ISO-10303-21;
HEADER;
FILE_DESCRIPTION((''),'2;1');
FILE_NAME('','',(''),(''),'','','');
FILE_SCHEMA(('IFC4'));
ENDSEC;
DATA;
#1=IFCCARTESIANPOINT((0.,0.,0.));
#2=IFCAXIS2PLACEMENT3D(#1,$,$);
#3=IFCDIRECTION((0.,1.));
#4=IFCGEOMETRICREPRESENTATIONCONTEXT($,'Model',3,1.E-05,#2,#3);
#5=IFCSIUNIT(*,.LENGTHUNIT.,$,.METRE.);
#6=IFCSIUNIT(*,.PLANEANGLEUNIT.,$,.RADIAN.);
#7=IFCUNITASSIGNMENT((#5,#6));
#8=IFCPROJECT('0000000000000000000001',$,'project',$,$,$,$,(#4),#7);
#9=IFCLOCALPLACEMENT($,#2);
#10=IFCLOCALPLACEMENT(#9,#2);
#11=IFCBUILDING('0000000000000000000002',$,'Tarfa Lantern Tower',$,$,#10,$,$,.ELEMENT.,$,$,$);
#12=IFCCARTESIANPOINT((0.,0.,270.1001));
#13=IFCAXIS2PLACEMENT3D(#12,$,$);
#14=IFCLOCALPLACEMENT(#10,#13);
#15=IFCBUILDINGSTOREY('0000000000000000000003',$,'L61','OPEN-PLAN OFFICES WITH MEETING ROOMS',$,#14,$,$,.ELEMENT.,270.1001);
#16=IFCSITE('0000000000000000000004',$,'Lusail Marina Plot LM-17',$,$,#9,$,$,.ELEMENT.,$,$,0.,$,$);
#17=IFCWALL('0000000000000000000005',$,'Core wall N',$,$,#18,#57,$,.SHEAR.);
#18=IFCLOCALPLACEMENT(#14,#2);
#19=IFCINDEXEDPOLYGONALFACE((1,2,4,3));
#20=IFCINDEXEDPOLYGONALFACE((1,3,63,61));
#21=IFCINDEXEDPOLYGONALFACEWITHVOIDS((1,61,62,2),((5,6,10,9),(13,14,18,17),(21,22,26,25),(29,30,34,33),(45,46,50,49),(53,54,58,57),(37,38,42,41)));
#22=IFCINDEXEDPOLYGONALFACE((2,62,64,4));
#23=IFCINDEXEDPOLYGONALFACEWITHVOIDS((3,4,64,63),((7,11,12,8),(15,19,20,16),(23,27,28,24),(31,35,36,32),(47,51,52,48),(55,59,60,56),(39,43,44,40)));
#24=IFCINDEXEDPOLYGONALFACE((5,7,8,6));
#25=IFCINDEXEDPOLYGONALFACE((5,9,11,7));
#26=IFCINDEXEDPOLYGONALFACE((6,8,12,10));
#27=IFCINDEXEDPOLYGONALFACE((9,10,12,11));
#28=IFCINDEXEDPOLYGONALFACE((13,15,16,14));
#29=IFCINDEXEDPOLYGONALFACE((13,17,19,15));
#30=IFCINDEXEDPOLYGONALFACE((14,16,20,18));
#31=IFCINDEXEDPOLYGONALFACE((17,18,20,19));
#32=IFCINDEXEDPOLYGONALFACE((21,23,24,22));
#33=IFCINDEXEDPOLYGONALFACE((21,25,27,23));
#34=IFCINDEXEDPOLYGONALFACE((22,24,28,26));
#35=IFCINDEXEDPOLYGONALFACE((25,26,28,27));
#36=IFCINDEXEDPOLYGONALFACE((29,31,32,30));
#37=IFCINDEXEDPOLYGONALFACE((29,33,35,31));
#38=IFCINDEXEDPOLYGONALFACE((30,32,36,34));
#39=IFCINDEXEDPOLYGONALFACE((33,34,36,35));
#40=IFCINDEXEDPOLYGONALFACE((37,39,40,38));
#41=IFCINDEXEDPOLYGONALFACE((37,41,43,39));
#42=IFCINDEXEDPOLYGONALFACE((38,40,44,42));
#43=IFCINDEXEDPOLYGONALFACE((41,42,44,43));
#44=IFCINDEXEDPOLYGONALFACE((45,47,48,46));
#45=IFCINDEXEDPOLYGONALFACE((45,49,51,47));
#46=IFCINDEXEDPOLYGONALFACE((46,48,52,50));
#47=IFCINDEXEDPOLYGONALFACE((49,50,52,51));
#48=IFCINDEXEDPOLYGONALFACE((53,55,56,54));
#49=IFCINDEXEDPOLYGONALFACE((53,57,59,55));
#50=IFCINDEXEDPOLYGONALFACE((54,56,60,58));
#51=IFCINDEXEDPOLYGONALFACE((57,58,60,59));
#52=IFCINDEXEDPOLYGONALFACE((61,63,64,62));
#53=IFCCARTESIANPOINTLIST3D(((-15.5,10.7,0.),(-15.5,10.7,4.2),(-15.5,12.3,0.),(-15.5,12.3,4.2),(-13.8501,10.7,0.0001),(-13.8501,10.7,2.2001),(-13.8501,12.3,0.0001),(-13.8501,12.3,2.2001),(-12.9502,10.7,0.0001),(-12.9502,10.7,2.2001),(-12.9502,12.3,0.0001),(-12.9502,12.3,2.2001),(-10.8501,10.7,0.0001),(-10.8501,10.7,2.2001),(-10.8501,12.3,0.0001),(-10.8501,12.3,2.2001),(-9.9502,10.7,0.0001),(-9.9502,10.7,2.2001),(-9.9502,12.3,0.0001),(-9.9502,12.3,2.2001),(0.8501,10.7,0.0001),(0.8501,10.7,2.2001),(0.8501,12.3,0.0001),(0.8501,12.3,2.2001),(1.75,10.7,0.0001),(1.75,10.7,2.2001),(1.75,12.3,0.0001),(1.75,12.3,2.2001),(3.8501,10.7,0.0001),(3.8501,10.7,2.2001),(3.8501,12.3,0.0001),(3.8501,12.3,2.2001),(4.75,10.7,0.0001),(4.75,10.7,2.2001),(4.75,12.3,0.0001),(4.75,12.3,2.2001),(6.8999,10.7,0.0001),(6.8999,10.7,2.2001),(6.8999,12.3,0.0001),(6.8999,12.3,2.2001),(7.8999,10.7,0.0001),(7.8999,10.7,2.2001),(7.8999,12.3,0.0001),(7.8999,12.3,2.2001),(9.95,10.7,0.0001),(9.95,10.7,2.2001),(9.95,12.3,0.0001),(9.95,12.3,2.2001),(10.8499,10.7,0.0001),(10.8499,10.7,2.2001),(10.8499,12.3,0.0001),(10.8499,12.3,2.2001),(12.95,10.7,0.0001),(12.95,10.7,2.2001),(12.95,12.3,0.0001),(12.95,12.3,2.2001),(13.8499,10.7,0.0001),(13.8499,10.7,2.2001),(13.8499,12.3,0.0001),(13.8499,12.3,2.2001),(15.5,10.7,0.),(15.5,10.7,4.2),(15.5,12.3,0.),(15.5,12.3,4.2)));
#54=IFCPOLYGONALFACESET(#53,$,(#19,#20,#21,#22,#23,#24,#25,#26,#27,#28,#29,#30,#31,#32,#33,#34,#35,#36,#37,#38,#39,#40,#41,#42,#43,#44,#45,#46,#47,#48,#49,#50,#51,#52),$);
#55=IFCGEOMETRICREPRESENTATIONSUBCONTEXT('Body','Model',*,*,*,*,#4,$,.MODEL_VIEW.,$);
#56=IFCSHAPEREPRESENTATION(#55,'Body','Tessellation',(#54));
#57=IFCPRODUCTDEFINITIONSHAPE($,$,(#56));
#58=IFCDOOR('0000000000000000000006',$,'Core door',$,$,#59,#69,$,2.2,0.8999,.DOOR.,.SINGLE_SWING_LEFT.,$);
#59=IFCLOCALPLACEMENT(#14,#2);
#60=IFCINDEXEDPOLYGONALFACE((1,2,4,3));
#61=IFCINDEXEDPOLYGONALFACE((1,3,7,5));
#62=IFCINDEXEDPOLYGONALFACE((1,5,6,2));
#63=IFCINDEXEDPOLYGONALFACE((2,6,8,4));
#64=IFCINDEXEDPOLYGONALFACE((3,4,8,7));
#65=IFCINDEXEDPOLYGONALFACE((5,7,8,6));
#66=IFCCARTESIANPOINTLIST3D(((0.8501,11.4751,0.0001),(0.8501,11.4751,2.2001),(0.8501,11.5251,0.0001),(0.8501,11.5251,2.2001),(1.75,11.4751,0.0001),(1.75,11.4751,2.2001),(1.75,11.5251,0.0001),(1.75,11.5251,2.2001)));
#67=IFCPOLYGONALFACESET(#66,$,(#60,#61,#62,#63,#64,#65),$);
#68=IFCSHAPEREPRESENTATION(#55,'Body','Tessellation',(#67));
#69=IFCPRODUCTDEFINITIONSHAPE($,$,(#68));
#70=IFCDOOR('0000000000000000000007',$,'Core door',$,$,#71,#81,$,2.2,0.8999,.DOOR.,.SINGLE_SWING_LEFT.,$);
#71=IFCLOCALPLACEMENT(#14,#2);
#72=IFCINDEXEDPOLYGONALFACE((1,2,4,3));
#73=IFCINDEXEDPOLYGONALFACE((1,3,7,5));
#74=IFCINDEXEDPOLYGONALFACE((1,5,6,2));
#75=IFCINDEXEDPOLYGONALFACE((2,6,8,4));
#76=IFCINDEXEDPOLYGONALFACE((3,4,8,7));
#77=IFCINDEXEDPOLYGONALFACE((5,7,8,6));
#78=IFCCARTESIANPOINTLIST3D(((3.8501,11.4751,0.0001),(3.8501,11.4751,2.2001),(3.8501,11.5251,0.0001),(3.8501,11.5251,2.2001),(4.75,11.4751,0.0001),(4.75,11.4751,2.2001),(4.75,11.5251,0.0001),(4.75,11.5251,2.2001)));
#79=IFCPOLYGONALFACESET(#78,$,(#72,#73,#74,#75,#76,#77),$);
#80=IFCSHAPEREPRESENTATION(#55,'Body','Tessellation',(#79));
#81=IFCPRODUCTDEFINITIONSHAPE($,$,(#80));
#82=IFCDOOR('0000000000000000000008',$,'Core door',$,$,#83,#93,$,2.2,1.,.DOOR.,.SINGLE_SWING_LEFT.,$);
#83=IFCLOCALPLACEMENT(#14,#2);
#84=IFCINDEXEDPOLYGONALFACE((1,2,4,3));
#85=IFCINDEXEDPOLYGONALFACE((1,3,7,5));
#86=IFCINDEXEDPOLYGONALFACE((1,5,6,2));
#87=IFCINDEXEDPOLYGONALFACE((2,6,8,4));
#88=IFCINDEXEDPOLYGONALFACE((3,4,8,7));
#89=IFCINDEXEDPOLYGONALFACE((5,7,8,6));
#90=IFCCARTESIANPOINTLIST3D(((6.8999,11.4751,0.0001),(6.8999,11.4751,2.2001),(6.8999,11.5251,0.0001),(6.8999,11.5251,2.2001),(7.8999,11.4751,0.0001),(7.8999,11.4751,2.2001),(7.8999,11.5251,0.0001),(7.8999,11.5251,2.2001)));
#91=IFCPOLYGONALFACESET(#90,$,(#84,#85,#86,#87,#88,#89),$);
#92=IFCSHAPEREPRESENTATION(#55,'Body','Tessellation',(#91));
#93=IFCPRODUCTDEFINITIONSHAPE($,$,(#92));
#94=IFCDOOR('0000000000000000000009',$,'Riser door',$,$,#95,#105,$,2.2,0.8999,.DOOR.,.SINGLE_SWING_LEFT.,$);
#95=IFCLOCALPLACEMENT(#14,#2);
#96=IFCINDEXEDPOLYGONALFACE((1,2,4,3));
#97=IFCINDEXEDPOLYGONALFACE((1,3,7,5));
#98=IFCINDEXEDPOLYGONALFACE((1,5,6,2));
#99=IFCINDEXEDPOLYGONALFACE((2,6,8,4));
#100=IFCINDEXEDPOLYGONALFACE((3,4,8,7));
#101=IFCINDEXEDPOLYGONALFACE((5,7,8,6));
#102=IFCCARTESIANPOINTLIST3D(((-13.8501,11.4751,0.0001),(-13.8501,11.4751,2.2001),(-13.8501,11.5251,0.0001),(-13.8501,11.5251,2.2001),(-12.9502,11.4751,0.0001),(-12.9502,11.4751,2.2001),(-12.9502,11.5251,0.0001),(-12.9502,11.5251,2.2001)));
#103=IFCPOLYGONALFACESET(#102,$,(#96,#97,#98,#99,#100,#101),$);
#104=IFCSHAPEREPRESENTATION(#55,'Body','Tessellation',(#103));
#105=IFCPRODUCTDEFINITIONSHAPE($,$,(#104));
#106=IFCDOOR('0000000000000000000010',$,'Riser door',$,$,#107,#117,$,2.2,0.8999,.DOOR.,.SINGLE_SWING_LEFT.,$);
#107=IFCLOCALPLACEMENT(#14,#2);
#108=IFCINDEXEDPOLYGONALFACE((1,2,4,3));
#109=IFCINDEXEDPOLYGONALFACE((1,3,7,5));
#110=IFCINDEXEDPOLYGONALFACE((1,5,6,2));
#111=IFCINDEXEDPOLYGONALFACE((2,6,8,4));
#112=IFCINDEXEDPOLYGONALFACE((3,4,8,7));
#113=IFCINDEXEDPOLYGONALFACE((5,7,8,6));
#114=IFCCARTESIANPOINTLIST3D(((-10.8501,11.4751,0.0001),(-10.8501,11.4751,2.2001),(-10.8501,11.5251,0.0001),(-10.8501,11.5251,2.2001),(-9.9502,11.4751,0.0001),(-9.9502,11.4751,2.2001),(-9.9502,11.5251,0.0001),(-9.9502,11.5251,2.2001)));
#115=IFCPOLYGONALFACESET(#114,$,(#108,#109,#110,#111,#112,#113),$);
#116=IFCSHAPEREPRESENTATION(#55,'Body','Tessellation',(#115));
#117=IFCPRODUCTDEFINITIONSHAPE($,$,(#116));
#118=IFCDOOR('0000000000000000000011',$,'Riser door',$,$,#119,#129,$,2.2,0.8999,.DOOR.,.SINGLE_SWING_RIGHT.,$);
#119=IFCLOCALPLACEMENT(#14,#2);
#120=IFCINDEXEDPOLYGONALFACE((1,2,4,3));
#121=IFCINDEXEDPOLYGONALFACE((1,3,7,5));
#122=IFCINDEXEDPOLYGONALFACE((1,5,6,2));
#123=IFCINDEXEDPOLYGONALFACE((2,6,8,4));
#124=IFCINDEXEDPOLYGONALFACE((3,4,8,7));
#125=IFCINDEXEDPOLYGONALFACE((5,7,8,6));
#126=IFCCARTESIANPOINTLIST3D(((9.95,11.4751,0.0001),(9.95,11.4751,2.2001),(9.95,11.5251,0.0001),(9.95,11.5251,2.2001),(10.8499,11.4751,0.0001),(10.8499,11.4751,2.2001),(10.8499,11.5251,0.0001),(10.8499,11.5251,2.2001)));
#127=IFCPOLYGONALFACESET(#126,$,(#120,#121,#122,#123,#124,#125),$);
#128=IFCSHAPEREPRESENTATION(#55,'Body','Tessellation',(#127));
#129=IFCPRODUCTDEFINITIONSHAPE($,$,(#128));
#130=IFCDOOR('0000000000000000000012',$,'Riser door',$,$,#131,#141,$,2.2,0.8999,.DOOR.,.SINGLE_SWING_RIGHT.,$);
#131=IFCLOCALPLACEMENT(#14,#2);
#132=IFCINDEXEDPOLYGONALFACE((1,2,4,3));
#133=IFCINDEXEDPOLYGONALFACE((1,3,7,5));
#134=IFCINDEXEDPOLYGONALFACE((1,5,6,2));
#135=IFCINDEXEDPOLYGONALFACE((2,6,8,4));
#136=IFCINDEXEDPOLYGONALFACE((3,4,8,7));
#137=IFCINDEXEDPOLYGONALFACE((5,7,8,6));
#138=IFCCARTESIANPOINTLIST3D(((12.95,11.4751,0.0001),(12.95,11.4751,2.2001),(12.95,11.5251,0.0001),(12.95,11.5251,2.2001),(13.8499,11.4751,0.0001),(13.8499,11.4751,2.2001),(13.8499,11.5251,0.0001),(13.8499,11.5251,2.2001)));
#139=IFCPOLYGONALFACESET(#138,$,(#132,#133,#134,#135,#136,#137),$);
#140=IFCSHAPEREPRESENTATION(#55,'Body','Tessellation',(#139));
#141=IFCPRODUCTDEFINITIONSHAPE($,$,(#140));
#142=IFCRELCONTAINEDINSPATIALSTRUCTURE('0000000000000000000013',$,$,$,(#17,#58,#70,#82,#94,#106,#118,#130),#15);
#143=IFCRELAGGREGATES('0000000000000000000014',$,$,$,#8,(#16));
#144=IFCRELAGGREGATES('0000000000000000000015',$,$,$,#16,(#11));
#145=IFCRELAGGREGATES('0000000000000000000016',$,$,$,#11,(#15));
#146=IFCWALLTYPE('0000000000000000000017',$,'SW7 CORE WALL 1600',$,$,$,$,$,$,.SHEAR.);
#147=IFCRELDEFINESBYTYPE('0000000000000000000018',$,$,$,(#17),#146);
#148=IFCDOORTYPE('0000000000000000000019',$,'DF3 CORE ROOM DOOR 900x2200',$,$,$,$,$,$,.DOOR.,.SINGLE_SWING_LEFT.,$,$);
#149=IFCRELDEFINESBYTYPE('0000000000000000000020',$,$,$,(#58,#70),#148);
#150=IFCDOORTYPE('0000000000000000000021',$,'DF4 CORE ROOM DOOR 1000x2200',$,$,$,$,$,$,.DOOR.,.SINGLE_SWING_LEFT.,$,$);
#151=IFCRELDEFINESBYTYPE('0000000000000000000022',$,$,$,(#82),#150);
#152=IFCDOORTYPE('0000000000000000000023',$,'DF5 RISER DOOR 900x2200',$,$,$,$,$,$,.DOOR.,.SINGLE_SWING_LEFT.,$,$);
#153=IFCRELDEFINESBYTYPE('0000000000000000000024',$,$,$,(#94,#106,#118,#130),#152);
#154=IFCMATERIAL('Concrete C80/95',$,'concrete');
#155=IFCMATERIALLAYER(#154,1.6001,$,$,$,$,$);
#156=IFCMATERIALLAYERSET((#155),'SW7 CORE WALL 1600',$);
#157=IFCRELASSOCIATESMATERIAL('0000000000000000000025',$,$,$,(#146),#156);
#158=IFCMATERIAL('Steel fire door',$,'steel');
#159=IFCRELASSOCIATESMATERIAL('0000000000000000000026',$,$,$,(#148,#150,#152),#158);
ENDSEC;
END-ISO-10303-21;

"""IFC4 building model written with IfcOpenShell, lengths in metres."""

from ifc_helpers import new_model, si_unit, direction, frame, frame_2d, origin, place, context, subcontext, project, spatial, rectangle, extrude, material, layer, layer_set, type_object, element, fill, save


model = new_model("IFC4")

# Units and contexts
model_context = context("Model", 3, precision=1e-05, world=origin(), true_north=direction((0.0, 1.0)))
body_context = subcontext(model_context, "Body", "Model", "MODEL_VIEW")
ifc_project = project(units=[si_unit("LENGTHUNIT", "METRE"), si_unit("PLANEANGLEUNIT", "RADIAN")], contexts=[model_context])

# Site, building, storey
site_placement = place(None, origin())
site = spatial("IfcSite", under=ifc_project, at=site_placement, Name="Lusail Marina Plot LM-17", CompositionType="ELEMENT", RefElevation=0.0)
building_placement = place(site_placement, origin())
building = spatial("IfcBuilding", under=site, at=building_placement, Name="Tarfa Lantern Tower", CompositionType="ELEMENT")
storey_placement = place(building_placement, frame((0.0, 0.0, 270.1001)))
storey = spatial("IfcBuildingStorey", under=building, at=storey_placement, Name="L61", Description="OPEN-PLAN OFFICES WITH MEETING ROOMS", CompositionType="ELEMENT", Elevation=270.1001)

# Shared definitions
ifc_material_1 = material(Name="Concrete C80/95", Category="concrete")

# Shared definitions
ifc_material_2 = material(Name="Steel fire door", Category="steel")

# Wall, openings, doors
ifc_layer_1 = layer(ifc_material_1, 1.6001)
ifc_layer_set_1 = layer_set([ifc_layer_1], Name="SW7 CORE WALL 1600")
wall_type_1 = type_object("IfcWallType", Name="SW7 CORE WALL 1600", PredefinedType="SHEAR", material=ifc_layer_set_1)
wall_1_placement = place(storey_placement, frame((-15.5, 11.5, 0.0), z_axis=(0.0, 0.0, 1.0), x_axis=(1.0, 0.0, 0.0)))
wall_1 = element("IfcWall", 1, at=wall_1_placement, inside=storey, type_object=wall_type_1, Name="Core wall N", PredefinedType="SHEAR", context=body_context, shape_type="SweptSolid", body=[
    extrude(rectangle(XDim=31.0, YDim=1.6001, at=frame_2d((15.5, 0.0))), origin(), (0.0, 0.0, 1.0), 4.2),
])
opening_1_placement = place(wall_1_placement, frame((16.3501, 0.0, 0.0)))
opening_1 = element("IfcOpeningElement", 2, at=opening_1_placement, cuts=wall_1, PredefinedType="OPENING", context=body_context, shape_type="SweptSolid", body=[
    extrude(rectangle(XDim=0.8999, YDim=2.2, at=frame_2d((0.45, 1.1001))), frame((0.0, 0.8101, 0.0), z_axis=(0.0, -1.0, 0.0), x_axis=(1.0, 0.0, 0.0)), (0.0, 0.0, 1.0), 1.6201),
])
opening_2_placement = place(wall_1_placement, frame((19.3501, 0.0, 0.0)))
opening_2 = element("IfcOpeningElement", 3, at=opening_2_placement, cuts=wall_1, PredefinedType="OPENING", context=body_context, shape_type="SweptSolid", body=[
    extrude(rectangle(XDim=0.8999, YDim=2.2, at=frame_2d((0.45, 1.1001))), frame((0.0, 0.8101, 0.0), z_axis=(0.0, -1.0, 0.0), x_axis=(1.0, 0.0, 0.0)), (0.0, 0.0, 1.0), 1.6201),
])
opening_3_placement = place(wall_1_placement, frame((22.3999, 0.0, 0.0)))
opening_3 = element("IfcOpeningElement", 4, at=opening_3_placement, cuts=wall_1, PredefinedType="OPENING", context=body_context, shape_type="SweptSolid", body=[
    extrude(rectangle(XDim=1.0, YDim=2.2, at=frame_2d((0.5, 1.1001))), frame((0.0, 0.8101, 0.0), z_axis=(0.0, -1.0, 0.0), x_axis=(1.0, 0.0, 0.0)), (0.0, 0.0, 1.0), 1.6201),
])
opening_4_placement = place(wall_1_placement, frame((1.6499, 0.0, 0.0)))
opening_4 = element("IfcOpeningElement", 5, at=opening_4_placement, cuts=wall_1, PredefinedType="OPENING", context=body_context, shape_type="SweptSolid", body=[
    extrude(rectangle(XDim=0.8999, YDim=2.2, at=frame_2d((0.45, 1.1001))), frame((0.0, 0.8101, 0.0), z_axis=(0.0, -1.0, 0.0), x_axis=(1.0, 0.0, 0.0)), (0.0, 0.0, 1.0), 1.6201),
])
opening_5_placement = place(wall_1_placement, frame((4.6499, 0.0, 0.0)))
opening_5 = element("IfcOpeningElement", 6, at=opening_5_placement, cuts=wall_1, PredefinedType="OPENING", context=body_context, shape_type="SweptSolid", body=[
    extrude(rectangle(XDim=0.8999, YDim=2.2, at=frame_2d((0.45, 1.1001))), frame((0.0, 0.8101, 0.0), z_axis=(0.0, -1.0, 0.0), x_axis=(1.0, 0.0, 0.0)), (0.0, 0.0, 1.0), 1.6201),
])
opening_6_placement = place(wall_1_placement, frame((25.45, 0.0, 0.0)))
opening_6 = element("IfcOpeningElement", 7, at=opening_6_placement, cuts=wall_1, PredefinedType="OPENING", context=body_context, shape_type="SweptSolid", body=[
    extrude(rectangle(XDim=0.8999, YDim=2.2, at=frame_2d((0.45, 1.1001))), frame((0.0, 0.8101, 0.0), z_axis=(0.0, -1.0, 0.0), x_axis=(1.0, 0.0, 0.0)), (0.0, 0.0, 1.0), 1.6201),
])
opening_7_placement = place(wall_1_placement, frame((28.45, 0.0, 0.0)))
opening_7 = element("IfcOpeningElement", 8, at=opening_7_placement, cuts=wall_1, PredefinedType="OPENING", context=body_context, shape_type="SweptSolid", body=[
    extrude(rectangle(XDim=0.8999, YDim=2.2, at=frame_2d((0.45, 1.1001))), frame((0.0, 0.8101, 0.0), z_axis=(0.0, -1.0, 0.0), x_axis=(1.0, 0.0, 0.0)), (0.0, 0.0, 1.0), 1.6201),
])
door_type_1 = type_object("IfcDoorType", Name="DF3 CORE ROOM DOOR 900x2200", OperationType="SINGLE_SWING_LEFT", PredefinedType="DOOR", material=ifc_material_2)
door_1_placement = place(opening_1_placement, frame((0.8999, 0.0, 0.0), z_axis=(0.0, 0.0, 1.0), x_axis=(-1.0, 0.0, 0.0)))
door_1 = element("IfcDoor", 9, at=door_1_placement, inside=storey, type_object=door_type_1, Name="Core door", OperationType="SINGLE_SWING_LEFT", OverallHeight=2.2, OverallWidth=0.8999, PredefinedType="DOOR", context=body_context, shape_type="SweptSolid", body=[
    extrude(rectangle(XDim=0.8999, YDim=2.2, at=frame_2d((0.45, 1.1001))), frame((0.0, 0.0249, 0.0), z_axis=(0.0, -1.0, 0.0), x_axis=(1.0, 0.0, 0.0)), (0.0, 0.0, 1.0), 0.05),
])
fill(opening_1, door_1)
door_2_placement = place(opening_2_placement, frame((0.8999, 0.0, 0.0), z_axis=(0.0, 0.0, 1.0), x_axis=(-1.0, 0.0, 0.0)))
door_2 = element("IfcDoor", 10, at=door_2_placement, inside=storey, type_object=door_type_1, Name="Core door", OperationType="SINGLE_SWING_LEFT", OverallHeight=2.2, OverallWidth=0.8999, PredefinedType="DOOR", context=body_context, shape_type="SweptSolid", body=[
    extrude(rectangle(XDim=0.8999, YDim=2.2, at=frame_2d((0.45, 1.1001))), frame((0.0, 0.0249, 0.0), z_axis=(0.0, -1.0, 0.0), x_axis=(1.0, 0.0, 0.0)), (0.0, 0.0, 1.0), 0.05),
])
fill(opening_2, door_2)
door_type_2 = type_object("IfcDoorType", Name="DF4 CORE ROOM DOOR 1000x2200", OperationType="SINGLE_SWING_LEFT", PredefinedType="DOOR", material=ifc_material_2)
door_3_placement = place(opening_3_placement, frame((1.0, 0.0, 0.0), z_axis=(0.0, 0.0, 1.0), x_axis=(-1.0, 0.0, 0.0)))
door_3 = element("IfcDoor", 11, at=door_3_placement, inside=storey, type_object=door_type_2, Name="Core door", OperationType="SINGLE_SWING_LEFT", OverallHeight=2.2, OverallWidth=1.0, PredefinedType="DOOR", context=body_context, shape_type="SweptSolid", body=[
    extrude(rectangle(XDim=1.0, YDim=2.2, at=frame_2d((0.5, 1.1001))), frame((0.0, 0.0249, 0.0), z_axis=(0.0, -1.0, 0.0), x_axis=(1.0, 0.0, 0.0)), (0.0, 0.0, 1.0), 0.05),
])
fill(opening_3, door_3)
door_type_3 = type_object("IfcDoorType", Name="DF5 RISER DOOR 900x2200", OperationType="SINGLE_SWING_LEFT", PredefinedType="DOOR", material=ifc_material_2)
door_4_placement = place(opening_4_placement, frame((0.8999, 0.0, 0.0), z_axis=(0.0, 0.0, 1.0), x_axis=(-1.0, 0.0, 0.0)))
door_4 = element("IfcDoor", 12, at=door_4_placement, inside=storey, type_object=door_type_3, Name="Riser door", OperationType="SINGLE_SWING_LEFT", OverallHeight=2.2, OverallWidth=0.8999, PredefinedType="DOOR", context=body_context, shape_type="SweptSolid", body=[
    extrude(rectangle(XDim=0.8999, YDim=2.2, at=frame_2d((0.45, 1.1001))), frame((0.0, 0.0249, 0.0), z_axis=(0.0, -1.0, 0.0), x_axis=(1.0, 0.0, 0.0)), (0.0, 0.0, 1.0), 0.05),
])
fill(opening_4, door_4)
door_5_placement = place(opening_5_placement, frame((0.8999, 0.0, 0.0), z_axis=(0.0, 0.0, 1.0), x_axis=(-1.0, 0.0, 0.0)))
door_5 = element("IfcDoor", 13, at=door_5_placement, inside=storey, type_object=door_type_3, Name="Riser door", OperationType="SINGLE_SWING_LEFT", OverallHeight=2.2, OverallWidth=0.8999, PredefinedType="DOOR", context=body_context, shape_type="SweptSolid", body=[
    extrude(rectangle(XDim=0.8999, YDim=2.2, at=frame_2d((0.45, 1.1001))), frame((0.0, 0.0249, 0.0), z_axis=(0.0, -1.0, 0.0), x_axis=(1.0, 0.0, 0.0)), (0.0, 0.0, 1.0), 0.05),
])
fill(opening_5, door_5)
door_6_placement = place(opening_6_placement, frame((0.8999, 0.0, 0.0), z_axis=(0.0, 0.0, 1.0), x_axis=(-1.0, 0.0, 0.0)))
door_6 = element("IfcDoor", 14, at=door_6_placement, inside=storey, type_object=door_type_3, Name="Riser door", OperationType="SINGLE_SWING_RIGHT", OverallHeight=2.2, OverallWidth=0.8999, PredefinedType="DOOR", context=body_context, shape_type="SweptSolid", body=[
    extrude(rectangle(XDim=0.8999, YDim=2.2, at=frame_2d((0.45, 1.1001))), frame((0.0, 0.0249, 0.0), z_axis=(0.0, -1.0, 0.0), x_axis=(1.0, 0.0, 0.0)), (0.0, 0.0, 1.0), 0.05),
])
fill(opening_6, door_6)
door_7_placement = place(opening_7_placement, frame((0.8999, 0.0, 0.0), z_axis=(0.0, 0.0, 1.0), x_axis=(-1.0, 0.0, 0.0)))
door_7 = element("IfcDoor", 15, at=door_7_placement, inside=storey, type_object=door_type_3, Name="Riser door", OperationType="SINGLE_SWING_RIGHT", OverallHeight=2.2, OverallWidth=0.8999, PredefinedType="DOOR", context=body_context, shape_type="SweptSolid", body=[
    extrude(rectangle(XDim=0.8999, YDim=2.2, at=frame_2d((0.45, 1.1001))), frame((0.0, 0.0249, 0.0), z_axis=(0.0, -1.0, 0.0), x_axis=(1.0, 0.0, 0.0)), (0.0, 0.0, 1.0), 0.05),
])
fill(opening_7, door_7)

save(model, "model.ifc")
